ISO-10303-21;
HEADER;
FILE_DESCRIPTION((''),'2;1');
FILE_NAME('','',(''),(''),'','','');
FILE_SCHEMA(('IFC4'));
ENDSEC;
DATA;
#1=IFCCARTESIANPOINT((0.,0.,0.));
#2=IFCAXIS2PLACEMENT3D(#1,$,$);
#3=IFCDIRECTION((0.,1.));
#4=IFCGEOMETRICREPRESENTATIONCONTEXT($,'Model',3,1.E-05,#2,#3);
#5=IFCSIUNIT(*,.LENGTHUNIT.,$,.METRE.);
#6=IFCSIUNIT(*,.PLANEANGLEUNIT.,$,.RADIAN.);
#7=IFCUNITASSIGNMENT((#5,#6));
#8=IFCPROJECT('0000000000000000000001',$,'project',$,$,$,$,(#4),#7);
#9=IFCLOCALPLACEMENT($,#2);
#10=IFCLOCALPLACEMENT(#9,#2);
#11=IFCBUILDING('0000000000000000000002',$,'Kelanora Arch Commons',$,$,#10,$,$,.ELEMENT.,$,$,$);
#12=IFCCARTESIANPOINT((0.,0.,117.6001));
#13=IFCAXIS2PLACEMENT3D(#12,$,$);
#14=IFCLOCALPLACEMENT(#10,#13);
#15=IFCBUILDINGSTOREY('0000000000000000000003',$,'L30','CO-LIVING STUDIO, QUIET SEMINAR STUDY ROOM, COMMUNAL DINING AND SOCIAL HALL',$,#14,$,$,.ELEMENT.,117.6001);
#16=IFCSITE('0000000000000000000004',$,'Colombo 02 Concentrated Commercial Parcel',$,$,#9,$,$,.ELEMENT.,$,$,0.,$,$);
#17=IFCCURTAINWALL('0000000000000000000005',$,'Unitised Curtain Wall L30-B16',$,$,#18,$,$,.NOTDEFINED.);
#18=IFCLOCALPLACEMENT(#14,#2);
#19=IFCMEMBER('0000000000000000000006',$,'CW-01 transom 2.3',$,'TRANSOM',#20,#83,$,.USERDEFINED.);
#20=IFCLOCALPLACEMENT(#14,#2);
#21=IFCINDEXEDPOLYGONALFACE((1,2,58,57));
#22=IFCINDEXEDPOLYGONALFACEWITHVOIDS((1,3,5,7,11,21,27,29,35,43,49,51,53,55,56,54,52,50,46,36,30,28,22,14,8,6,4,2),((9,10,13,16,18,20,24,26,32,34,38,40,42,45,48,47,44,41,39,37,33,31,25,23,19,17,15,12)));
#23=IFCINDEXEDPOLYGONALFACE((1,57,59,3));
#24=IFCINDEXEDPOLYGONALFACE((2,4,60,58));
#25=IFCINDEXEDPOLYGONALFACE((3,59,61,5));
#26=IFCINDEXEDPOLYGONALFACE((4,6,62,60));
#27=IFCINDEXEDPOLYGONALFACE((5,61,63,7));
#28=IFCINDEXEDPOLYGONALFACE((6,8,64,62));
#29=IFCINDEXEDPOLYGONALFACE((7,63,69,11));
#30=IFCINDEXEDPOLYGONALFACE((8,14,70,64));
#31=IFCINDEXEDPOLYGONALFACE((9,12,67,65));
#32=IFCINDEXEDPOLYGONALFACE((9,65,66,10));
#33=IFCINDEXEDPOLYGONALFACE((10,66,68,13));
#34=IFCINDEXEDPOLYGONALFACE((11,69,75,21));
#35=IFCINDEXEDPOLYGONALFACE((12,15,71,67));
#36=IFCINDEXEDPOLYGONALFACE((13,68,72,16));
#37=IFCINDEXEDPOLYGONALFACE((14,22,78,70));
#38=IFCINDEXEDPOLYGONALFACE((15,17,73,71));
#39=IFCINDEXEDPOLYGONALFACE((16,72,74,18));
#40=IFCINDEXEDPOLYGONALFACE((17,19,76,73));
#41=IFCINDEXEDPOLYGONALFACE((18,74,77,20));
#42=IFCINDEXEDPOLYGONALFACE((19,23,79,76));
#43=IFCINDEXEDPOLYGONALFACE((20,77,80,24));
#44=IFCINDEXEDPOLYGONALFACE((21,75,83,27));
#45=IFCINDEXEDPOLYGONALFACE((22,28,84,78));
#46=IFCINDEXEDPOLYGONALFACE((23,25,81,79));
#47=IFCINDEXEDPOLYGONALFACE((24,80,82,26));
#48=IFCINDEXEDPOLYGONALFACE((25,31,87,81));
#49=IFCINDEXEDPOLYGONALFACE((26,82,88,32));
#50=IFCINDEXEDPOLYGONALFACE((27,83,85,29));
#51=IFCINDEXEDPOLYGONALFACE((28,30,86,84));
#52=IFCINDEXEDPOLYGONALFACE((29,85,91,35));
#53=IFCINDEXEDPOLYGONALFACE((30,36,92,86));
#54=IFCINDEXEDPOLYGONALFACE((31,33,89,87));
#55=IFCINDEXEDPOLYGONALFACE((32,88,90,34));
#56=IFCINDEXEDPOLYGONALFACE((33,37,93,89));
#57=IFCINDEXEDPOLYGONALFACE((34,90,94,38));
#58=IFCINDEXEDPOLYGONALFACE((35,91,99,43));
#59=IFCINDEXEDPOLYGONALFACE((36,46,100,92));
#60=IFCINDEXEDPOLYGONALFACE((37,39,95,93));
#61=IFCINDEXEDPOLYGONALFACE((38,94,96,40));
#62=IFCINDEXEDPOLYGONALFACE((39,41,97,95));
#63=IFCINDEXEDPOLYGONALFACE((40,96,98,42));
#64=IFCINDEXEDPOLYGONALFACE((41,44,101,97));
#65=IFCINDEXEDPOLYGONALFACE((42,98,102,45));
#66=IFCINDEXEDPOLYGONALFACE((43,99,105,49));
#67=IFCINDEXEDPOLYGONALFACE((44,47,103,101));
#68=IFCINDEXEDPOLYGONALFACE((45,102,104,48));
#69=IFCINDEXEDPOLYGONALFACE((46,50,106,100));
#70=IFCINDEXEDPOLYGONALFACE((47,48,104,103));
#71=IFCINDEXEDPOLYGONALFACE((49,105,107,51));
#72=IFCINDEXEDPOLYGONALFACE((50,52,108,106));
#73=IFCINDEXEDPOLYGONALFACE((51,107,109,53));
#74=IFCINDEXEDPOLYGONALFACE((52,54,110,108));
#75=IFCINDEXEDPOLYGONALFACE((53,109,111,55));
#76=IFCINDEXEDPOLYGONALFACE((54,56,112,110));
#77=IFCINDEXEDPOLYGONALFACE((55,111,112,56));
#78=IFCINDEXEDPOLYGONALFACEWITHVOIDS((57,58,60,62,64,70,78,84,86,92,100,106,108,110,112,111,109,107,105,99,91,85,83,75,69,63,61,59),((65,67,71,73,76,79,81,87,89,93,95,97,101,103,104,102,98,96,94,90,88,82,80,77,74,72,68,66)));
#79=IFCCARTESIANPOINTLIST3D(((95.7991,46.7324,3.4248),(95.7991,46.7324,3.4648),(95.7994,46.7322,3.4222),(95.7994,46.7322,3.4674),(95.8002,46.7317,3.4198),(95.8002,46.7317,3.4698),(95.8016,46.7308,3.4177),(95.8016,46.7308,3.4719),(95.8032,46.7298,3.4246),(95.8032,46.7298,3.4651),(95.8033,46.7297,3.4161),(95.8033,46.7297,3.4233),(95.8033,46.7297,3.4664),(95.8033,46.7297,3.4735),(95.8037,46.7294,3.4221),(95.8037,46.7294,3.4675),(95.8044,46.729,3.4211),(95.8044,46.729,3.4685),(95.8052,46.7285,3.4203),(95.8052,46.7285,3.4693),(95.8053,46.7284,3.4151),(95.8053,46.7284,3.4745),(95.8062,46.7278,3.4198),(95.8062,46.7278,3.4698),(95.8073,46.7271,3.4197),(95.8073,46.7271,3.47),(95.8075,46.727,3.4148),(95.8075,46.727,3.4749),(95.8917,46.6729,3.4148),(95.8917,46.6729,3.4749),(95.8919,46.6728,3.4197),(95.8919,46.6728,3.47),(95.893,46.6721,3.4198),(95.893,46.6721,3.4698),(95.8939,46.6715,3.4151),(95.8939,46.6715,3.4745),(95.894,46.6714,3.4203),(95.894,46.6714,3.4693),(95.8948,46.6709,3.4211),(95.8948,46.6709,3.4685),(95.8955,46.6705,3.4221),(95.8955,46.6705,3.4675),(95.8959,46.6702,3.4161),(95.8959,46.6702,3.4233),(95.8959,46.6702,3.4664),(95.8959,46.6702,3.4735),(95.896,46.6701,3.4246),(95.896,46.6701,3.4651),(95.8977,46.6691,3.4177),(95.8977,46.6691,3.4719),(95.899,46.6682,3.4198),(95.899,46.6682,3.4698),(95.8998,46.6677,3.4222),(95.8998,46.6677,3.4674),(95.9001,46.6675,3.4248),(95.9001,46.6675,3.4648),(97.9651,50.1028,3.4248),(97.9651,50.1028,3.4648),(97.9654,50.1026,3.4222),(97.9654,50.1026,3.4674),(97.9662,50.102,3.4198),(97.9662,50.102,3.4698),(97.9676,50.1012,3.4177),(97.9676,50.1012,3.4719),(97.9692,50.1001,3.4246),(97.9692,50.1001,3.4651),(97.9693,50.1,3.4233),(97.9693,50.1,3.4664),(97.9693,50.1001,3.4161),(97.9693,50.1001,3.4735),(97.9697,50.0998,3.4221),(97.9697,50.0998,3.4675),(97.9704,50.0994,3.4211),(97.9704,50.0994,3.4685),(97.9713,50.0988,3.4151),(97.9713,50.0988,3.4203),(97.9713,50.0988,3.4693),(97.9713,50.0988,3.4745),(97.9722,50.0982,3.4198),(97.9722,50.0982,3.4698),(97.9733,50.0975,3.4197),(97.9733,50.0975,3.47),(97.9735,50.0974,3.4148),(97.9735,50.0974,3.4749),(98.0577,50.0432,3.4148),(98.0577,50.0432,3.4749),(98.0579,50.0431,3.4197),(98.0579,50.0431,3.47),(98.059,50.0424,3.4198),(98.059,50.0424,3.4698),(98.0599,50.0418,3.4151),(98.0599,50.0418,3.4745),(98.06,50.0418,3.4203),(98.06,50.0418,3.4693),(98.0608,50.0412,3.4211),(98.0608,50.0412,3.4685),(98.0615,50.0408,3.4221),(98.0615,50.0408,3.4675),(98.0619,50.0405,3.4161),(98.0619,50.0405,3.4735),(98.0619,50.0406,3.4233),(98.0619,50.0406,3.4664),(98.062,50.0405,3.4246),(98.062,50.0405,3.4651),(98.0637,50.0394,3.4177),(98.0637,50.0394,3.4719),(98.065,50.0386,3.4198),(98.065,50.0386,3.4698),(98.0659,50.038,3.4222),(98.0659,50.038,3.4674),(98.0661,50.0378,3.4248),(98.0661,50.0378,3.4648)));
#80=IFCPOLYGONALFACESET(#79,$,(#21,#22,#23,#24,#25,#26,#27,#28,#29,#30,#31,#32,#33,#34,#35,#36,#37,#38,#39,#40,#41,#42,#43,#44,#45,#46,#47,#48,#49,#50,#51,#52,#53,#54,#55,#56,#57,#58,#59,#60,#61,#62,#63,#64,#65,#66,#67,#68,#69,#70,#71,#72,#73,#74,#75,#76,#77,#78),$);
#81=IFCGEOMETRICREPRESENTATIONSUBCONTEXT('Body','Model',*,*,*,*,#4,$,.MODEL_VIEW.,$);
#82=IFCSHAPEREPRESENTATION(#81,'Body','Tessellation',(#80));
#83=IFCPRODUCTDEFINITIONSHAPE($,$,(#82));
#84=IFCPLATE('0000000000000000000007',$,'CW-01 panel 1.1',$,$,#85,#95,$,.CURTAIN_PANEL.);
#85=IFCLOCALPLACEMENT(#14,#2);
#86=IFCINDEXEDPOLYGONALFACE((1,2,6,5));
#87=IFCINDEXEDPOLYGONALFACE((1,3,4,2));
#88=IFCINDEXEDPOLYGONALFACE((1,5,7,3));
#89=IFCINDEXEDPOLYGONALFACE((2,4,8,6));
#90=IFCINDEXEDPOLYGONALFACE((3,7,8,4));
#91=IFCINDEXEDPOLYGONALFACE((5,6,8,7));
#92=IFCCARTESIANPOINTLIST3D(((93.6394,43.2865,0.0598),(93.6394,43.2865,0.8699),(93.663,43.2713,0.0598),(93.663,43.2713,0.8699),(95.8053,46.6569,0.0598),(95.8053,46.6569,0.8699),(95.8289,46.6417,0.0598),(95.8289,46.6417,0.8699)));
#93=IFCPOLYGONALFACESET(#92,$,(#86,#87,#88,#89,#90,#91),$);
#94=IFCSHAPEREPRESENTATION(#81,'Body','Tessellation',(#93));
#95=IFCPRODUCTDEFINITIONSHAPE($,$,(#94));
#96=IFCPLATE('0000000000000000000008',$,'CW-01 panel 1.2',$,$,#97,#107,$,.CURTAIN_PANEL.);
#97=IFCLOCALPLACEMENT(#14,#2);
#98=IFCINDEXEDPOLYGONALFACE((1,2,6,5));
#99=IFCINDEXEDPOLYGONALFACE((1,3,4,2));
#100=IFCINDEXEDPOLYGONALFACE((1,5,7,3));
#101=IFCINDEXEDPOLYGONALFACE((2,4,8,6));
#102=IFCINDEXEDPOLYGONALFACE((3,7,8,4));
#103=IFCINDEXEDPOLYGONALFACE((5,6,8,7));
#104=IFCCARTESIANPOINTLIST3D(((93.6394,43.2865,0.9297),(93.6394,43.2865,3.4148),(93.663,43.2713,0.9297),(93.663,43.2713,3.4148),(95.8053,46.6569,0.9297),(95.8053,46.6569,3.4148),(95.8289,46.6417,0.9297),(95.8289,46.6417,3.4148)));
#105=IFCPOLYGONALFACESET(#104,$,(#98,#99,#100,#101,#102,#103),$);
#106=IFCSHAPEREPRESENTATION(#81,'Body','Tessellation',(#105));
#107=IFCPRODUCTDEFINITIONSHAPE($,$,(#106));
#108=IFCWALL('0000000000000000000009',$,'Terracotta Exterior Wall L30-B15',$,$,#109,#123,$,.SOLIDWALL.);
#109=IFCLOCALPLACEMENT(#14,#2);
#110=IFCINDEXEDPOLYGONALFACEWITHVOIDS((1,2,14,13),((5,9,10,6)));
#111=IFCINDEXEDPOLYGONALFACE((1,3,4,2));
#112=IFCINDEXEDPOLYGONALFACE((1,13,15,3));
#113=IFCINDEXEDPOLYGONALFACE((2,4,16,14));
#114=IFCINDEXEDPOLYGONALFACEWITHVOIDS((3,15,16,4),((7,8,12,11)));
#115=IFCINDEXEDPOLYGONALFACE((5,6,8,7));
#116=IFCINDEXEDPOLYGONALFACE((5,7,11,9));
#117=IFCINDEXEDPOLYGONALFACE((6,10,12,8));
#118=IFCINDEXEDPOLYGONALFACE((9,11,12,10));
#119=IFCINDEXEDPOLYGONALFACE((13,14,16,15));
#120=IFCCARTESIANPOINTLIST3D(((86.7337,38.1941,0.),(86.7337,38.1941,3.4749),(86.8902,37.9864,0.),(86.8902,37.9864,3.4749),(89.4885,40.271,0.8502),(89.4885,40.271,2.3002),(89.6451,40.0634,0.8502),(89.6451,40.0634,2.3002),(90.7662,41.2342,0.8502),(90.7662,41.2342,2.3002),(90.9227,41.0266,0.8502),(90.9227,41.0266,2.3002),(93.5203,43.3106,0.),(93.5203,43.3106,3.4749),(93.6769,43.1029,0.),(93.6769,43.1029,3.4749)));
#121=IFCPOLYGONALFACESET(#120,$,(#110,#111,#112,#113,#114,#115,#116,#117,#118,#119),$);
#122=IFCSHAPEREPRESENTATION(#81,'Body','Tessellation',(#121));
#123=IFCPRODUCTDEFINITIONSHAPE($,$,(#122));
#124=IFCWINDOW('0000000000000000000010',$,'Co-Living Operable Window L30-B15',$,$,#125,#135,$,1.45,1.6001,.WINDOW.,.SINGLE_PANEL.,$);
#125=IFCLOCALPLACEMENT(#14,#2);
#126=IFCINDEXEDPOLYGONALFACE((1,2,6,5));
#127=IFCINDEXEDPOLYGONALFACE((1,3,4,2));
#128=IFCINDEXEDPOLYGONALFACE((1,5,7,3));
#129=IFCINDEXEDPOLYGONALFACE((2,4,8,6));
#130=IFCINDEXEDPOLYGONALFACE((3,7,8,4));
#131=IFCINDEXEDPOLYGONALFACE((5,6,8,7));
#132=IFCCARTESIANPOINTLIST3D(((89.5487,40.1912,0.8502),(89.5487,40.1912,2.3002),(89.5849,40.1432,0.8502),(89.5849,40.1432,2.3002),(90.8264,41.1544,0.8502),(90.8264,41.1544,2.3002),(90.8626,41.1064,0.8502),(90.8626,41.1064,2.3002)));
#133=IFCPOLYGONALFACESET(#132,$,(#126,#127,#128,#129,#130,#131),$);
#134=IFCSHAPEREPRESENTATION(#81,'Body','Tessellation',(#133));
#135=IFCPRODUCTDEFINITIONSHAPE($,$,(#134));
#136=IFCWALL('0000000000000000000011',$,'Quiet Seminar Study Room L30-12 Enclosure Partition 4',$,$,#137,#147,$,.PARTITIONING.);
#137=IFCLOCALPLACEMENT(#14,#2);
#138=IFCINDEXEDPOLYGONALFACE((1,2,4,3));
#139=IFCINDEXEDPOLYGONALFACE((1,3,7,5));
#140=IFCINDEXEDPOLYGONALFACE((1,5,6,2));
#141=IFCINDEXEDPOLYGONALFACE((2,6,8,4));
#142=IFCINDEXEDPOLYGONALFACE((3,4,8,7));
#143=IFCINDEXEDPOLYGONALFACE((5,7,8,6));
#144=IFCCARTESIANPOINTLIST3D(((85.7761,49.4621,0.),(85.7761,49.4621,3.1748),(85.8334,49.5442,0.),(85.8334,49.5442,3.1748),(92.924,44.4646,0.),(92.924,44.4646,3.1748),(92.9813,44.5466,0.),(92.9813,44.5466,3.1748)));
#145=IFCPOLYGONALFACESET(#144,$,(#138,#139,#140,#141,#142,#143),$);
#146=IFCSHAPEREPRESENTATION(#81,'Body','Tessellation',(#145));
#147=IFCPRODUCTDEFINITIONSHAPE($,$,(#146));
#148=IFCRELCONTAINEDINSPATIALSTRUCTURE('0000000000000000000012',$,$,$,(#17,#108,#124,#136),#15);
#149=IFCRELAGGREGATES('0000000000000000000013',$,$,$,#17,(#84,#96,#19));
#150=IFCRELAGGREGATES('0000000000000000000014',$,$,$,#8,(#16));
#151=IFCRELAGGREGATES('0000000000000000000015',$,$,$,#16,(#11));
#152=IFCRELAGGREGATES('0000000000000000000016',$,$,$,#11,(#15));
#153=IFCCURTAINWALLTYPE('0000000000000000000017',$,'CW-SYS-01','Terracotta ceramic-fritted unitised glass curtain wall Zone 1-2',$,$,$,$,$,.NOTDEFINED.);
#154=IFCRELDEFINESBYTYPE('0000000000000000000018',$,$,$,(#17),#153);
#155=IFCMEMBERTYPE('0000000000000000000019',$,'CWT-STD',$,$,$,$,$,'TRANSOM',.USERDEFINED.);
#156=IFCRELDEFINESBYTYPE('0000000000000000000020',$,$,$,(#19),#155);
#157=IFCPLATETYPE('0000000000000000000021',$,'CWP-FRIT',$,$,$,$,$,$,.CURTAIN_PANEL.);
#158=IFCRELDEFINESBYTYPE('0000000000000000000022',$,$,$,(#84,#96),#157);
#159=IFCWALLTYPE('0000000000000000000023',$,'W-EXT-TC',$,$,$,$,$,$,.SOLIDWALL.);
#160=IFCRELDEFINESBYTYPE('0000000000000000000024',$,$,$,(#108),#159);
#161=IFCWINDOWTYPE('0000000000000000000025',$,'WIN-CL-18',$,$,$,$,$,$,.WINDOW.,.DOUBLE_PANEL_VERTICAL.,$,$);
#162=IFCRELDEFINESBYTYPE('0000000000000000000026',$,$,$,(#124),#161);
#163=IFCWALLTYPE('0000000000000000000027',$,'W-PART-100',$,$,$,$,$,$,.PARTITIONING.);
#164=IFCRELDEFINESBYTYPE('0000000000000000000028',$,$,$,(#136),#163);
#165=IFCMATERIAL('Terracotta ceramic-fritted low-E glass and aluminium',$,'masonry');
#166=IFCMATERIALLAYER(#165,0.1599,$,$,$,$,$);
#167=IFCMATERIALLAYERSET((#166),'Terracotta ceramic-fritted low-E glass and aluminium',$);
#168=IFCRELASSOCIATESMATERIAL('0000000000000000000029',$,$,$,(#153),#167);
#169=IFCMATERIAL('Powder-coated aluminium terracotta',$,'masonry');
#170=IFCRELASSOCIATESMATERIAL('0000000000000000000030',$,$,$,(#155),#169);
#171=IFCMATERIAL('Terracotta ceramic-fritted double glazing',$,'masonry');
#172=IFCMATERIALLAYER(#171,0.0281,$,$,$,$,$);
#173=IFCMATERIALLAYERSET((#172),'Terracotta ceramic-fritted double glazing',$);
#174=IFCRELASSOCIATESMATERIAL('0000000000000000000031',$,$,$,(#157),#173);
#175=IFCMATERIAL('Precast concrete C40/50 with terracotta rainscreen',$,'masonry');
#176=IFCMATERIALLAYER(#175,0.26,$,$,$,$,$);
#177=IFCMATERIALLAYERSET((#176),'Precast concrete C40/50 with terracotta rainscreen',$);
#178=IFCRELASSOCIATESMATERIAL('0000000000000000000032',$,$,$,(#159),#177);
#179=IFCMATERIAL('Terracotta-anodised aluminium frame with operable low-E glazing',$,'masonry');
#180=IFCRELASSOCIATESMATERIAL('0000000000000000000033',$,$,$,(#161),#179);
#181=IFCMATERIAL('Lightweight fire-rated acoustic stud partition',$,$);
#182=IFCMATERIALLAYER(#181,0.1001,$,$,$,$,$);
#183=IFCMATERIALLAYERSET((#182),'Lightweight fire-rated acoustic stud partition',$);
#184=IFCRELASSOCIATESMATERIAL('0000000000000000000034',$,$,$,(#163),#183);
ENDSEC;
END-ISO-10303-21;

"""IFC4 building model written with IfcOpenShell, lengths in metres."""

from ifc_helpers import new_model, si_unit, direction, frame, frame_2d, origin, origin_2d, place, context, subcontext, project, spatial, rectangle, hollow_rectangle, extrude, source, transform, mapped, material, layer, layer_set, material_profile, profile_set, type_object, element, fill, aggregate, save


model = new_model("IFC4")

# Units and contexts
model_context = context("Model", 3, precision=1e-05, world=origin(), true_north=direction((0.0, 1.0)))
body_context = subcontext(model_context, "Body", "Model", "MODEL_VIEW")
ifc_project = project(units=[si_unit("LENGTHUNIT", "METRE"), si_unit("PLANEANGLEUNIT", "RADIAN")], contexts=[model_context])

# Site, building, storey
site_placement = place(None, origin())
site = spatial("IfcSite", under=ifc_project, at=site_placement, Name="Colombo 02 Concentrated Commercial Parcel", CompositionType="ELEMENT", RefElevation=0.0)
building_placement = place(site_placement, origin())
building = spatial("IfcBuilding", under=site, at=building_placement, Name="Kelanora Arch Commons", CompositionType="ELEMENT")
storey_placement = place(building_placement, frame((0.0, 0.0, 117.6001)))
storey = spatial("IfcBuildingStorey", under=building, at=storey_placement, Name="L30", Description="CO-LIVING STUDIO, QUIET SEMINAR STUDY ROOM, COMMUNAL DINING AND SOCIAL HALL", CompositionType="ELEMENT", Elevation=117.6001)

# Shared definitions
ifc_material_1 = material(Name="Terracotta ceramic-fritted low-E glass and aluminium", Category="masonry")
ifc_layer_1 = layer(ifc_material_1, 0.1599)
ifc_layer_set_1 = layer_set([ifc_layer_1], Name="Terracotta ceramic-fritted low-E glass and aluminium")
curtain_wall_type = type_object("IfcCurtainWallType", Name="CW-SYS-01", Description="Terracotta ceramic-fritted unitised glass curtain wall Zone 1-2", PredefinedType="NOTDEFINED", material=ifc_layer_set_1)
ifc_material_2 = material(Name="Powder-coated aluminium terracotta", Category="masonry")

# Curtain wall, member, plates
curtain_wall_1_placement = place(storey_placement, origin())
curtain_wall_1 = element("IfcCurtainWall", 1, at=curtain_wall_1_placement, inside=storey, type_object=curtain_wall_type, Name="Unitised Curtain Wall L30-B16", PredefinedType="NOTDEFINED")
ifc_material_profile_1 = material_profile(ifc_material_2, hollow_rectangle(XDim=0.1201, YDim=0.0601, WallThickness=0.0049, InnerFilletRadius=0.0049, OuterFilletRadius=0.01, at=origin_2d()), Name="CWT120x60")
ifc_profile_set_1 = profile_set([ifc_material_profile_1], Name="Powder-coated aluminium terracotta")
member_type_1 = type_object("IfcMemberType", Name="CWT-STD", ElementType="TRANSOM", PredefinedType="USERDEFINED", material=ifc_profile_set_1)
member_1_placement = place(storey_placement, frame((95.8496, 46.7, 3.4448), z_axis=(0.540644, 0.841252, 0.0), x_axis=(-0.841252, 0.540644, 0.0)))
member_1 = element("IfcMember", 2, at=member_1_placement, type_object=member_type_1, Name="CW-01 transom 2.3", ObjectType="TRANSOM", PredefinedType="USERDEFINED", context=body_context, shape_type="SweptSolid", body=[
    extrude(hollow_rectangle(XDim=0.1201, YDim=0.0601, WallThickness=0.0049, InnerFilletRadius=0.0049, OuterFilletRadius=0.01, at=origin_2d()), origin(), (0.0, 0.0, 1.0), 4.0063),
])
ifc_material_3 = material(Name="Terracotta ceramic-fritted double glazing", Category="masonry")
ifc_layer_2 = layer(ifc_material_3, 0.0281)
ifc_layer_set_2 = layer_set([ifc_layer_2], Name="Terracotta ceramic-fritted double glazing")
plate_type = type_object("IfcPlateType", Name="CWP-FRIT", PredefinedType="CURTAIN_PANEL", material=ifc_layer_set_2)
shared_shape_1 = source(origin(), body_context, "Body", "SweptSolid", [
    extrude(rectangle(XDim=4.0063, YDim=0.0281, at=origin_2d()), origin(), (0.0, 0.0, 1.0), 0.8101),
])
plate_1_placement = place(storey_placement, frame((94.7341, 44.9641, 0.0598), z_axis=(0.0, 0.0, 1.0), x_axis=(0.540617, 0.841269, 0.0)))
plate_1 = element("IfcPlate", 3, at=plate_1_placement, type_object=plate_type, Name="CW-01 panel 1.1", PredefinedType="CURTAIN_PANEL", context=body_context, shape_type="MappedRepresentation", body=[
    mapped(shared_shape_1, transform((0.0, 0.0, 0.0), scale=1.0)),
])
shared_shape_2 = source(origin(), body_context, "Body", "SweptSolid", [
    extrude(rectangle(XDim=4.0063, YDim=0.0281, at=origin_2d()), origin(), (0.0, 0.0, 1.0), 2.4851),
])
plate_2_placement = place(storey_placement, frame((94.7341, 44.9641, 0.9297), z_axis=(0.0, 0.0, 1.0), x_axis=(0.540617, 0.841269, 0.0)))
plate_2 = element("IfcPlate", 4, at=plate_2_placement, type_object=plate_type, Name="CW-01 panel 1.2", PredefinedType="CURTAIN_PANEL", context=body_context, shape_type="MappedRepresentation", body=[
    mapped(shared_shape_2, transform((0.0, 0.0, 0.0), scale=1.0)),
])
aggregate(curtain_wall_1, [plate_1, plate_2, member_1])

# Wall, opening, window
ifc_material_4 = material(Name="Precast concrete C40/50 with terracotta rainscreen", Category="masonry")
ifc_layer_3 = layer(ifc_material_4, 0.26)
ifc_layer_set_3 = layer_set([ifc_layer_3], Name="Precast concrete C40/50 with terracotta rainscreen")
wall_type_1 = type_object("IfcWallType", Name="W-EXT-TC", PredefinedType="SOLIDWALL", material=ifc_layer_set_3)
wall_1_placement = place(storey_placement, frame((86.812, 38.0903, 0.0), z_axis=(0.0, 0.0, 1.0), x_axis=(0.798502, 0.601993, 0.0)))
wall_1 = element("IfcWall", 5, at=wall_1_placement, inside=storey, type_object=wall_type_1, Name="Terracotta Exterior Wall L30-B15", PredefinedType="SOLIDWALL", context=body_context, shape_type="SweptSolid", body=[
    extrude(rectangle(XDim=8.4993, YDim=0.26, at=frame_2d((4.2495, 0.0))), origin(), (0.0, 0.0, 1.0), 3.4749),
])
opening_placement = place(wall_1_placement, frame((3.45, 0.0, 0.8501)))
opening = element("IfcOpeningElement", 6, at=opening_placement, cuts=wall_1, PredefinedType="OPENING", context=body_context, shape_type="SweptSolid", body=[
    extrude(rectangle(XDim=1.6001, YDim=1.45, at=frame_2d((0.8, 0.7251))), frame((0.0, 0.1401, 0.0), z_axis=(0.0, -1.0, 0.0), x_axis=(1.0, 0.0, 0.0)), (0.0, 0.0, 1.0), 0.28),
])
ifc_material_5 = material(Name="Terracotta-anodised aluminium frame with operable low-E glazing", Category="masonry")
window_type = type_object("IfcWindowType", Name="WIN-CL-18", PartitioningType="DOUBLE_PANEL_VERTICAL", PredefinedType="WINDOW", material=ifc_material_5)
window_placement = place(opening_placement, origin())
window = element("IfcWindow", 7, at=window_placement, inside=storey, type_object=window_type, Name="Co-Living Operable Window L30-B15", OverallHeight=1.45, OverallWidth=1.6001, PartitioningType="SINGLE_PANEL", PredefinedType="WINDOW", context=body_context, shape_type="SweptSolid", body=[
    extrude(rectangle(XDim=1.6001, YDim=1.45, at=frame_2d((0.8, 0.7251))), frame((0.0, 0.03, 0.0), z_axis=(0.0, -1.0, 0.0), x_axis=(1.0, 0.0, 0.0)), (0.0, 0.0, 1.0), 0.0601),
])
fill(opening, window)

# Wall
ifc_material_6 = material(Name="Lightweight fire-rated acoustic stud partition")
ifc_layer_4 = layer(ifc_material_6, 0.1001)
ifc_layer_set_4 = layer_set([ifc_layer_4], Name="Lightweight fire-rated acoustic stud partition")
wall_type_2 = type_object("IfcWallType", Name="W-PART-100", PredefinedType="PARTITIONING", material=ifc_layer_set_4)
wall_2_placement = place(storey_placement, frame((92.9526, 44.5056, 0.0), z_axis=(0.0, 0.0, 1.0), x_axis=(-0.819555, 0.573, 0.0)))
element("IfcWall", 8, at=wall_2_placement, inside=storey, type_object=wall_type_2, Name="Quiet Seminar Study Room L30-12 Enclosure Partition 4", PredefinedType="PARTITIONING", context=body_context, shape_type="SweptSolid", body=[
    extrude(rectangle(XDim=8.7217, YDim=0.1001, at=frame_2d((4.3608, 0.0))), origin(), (0.0, 0.0, 1.0), 3.1748),
])

save(model, "model.ifc")
